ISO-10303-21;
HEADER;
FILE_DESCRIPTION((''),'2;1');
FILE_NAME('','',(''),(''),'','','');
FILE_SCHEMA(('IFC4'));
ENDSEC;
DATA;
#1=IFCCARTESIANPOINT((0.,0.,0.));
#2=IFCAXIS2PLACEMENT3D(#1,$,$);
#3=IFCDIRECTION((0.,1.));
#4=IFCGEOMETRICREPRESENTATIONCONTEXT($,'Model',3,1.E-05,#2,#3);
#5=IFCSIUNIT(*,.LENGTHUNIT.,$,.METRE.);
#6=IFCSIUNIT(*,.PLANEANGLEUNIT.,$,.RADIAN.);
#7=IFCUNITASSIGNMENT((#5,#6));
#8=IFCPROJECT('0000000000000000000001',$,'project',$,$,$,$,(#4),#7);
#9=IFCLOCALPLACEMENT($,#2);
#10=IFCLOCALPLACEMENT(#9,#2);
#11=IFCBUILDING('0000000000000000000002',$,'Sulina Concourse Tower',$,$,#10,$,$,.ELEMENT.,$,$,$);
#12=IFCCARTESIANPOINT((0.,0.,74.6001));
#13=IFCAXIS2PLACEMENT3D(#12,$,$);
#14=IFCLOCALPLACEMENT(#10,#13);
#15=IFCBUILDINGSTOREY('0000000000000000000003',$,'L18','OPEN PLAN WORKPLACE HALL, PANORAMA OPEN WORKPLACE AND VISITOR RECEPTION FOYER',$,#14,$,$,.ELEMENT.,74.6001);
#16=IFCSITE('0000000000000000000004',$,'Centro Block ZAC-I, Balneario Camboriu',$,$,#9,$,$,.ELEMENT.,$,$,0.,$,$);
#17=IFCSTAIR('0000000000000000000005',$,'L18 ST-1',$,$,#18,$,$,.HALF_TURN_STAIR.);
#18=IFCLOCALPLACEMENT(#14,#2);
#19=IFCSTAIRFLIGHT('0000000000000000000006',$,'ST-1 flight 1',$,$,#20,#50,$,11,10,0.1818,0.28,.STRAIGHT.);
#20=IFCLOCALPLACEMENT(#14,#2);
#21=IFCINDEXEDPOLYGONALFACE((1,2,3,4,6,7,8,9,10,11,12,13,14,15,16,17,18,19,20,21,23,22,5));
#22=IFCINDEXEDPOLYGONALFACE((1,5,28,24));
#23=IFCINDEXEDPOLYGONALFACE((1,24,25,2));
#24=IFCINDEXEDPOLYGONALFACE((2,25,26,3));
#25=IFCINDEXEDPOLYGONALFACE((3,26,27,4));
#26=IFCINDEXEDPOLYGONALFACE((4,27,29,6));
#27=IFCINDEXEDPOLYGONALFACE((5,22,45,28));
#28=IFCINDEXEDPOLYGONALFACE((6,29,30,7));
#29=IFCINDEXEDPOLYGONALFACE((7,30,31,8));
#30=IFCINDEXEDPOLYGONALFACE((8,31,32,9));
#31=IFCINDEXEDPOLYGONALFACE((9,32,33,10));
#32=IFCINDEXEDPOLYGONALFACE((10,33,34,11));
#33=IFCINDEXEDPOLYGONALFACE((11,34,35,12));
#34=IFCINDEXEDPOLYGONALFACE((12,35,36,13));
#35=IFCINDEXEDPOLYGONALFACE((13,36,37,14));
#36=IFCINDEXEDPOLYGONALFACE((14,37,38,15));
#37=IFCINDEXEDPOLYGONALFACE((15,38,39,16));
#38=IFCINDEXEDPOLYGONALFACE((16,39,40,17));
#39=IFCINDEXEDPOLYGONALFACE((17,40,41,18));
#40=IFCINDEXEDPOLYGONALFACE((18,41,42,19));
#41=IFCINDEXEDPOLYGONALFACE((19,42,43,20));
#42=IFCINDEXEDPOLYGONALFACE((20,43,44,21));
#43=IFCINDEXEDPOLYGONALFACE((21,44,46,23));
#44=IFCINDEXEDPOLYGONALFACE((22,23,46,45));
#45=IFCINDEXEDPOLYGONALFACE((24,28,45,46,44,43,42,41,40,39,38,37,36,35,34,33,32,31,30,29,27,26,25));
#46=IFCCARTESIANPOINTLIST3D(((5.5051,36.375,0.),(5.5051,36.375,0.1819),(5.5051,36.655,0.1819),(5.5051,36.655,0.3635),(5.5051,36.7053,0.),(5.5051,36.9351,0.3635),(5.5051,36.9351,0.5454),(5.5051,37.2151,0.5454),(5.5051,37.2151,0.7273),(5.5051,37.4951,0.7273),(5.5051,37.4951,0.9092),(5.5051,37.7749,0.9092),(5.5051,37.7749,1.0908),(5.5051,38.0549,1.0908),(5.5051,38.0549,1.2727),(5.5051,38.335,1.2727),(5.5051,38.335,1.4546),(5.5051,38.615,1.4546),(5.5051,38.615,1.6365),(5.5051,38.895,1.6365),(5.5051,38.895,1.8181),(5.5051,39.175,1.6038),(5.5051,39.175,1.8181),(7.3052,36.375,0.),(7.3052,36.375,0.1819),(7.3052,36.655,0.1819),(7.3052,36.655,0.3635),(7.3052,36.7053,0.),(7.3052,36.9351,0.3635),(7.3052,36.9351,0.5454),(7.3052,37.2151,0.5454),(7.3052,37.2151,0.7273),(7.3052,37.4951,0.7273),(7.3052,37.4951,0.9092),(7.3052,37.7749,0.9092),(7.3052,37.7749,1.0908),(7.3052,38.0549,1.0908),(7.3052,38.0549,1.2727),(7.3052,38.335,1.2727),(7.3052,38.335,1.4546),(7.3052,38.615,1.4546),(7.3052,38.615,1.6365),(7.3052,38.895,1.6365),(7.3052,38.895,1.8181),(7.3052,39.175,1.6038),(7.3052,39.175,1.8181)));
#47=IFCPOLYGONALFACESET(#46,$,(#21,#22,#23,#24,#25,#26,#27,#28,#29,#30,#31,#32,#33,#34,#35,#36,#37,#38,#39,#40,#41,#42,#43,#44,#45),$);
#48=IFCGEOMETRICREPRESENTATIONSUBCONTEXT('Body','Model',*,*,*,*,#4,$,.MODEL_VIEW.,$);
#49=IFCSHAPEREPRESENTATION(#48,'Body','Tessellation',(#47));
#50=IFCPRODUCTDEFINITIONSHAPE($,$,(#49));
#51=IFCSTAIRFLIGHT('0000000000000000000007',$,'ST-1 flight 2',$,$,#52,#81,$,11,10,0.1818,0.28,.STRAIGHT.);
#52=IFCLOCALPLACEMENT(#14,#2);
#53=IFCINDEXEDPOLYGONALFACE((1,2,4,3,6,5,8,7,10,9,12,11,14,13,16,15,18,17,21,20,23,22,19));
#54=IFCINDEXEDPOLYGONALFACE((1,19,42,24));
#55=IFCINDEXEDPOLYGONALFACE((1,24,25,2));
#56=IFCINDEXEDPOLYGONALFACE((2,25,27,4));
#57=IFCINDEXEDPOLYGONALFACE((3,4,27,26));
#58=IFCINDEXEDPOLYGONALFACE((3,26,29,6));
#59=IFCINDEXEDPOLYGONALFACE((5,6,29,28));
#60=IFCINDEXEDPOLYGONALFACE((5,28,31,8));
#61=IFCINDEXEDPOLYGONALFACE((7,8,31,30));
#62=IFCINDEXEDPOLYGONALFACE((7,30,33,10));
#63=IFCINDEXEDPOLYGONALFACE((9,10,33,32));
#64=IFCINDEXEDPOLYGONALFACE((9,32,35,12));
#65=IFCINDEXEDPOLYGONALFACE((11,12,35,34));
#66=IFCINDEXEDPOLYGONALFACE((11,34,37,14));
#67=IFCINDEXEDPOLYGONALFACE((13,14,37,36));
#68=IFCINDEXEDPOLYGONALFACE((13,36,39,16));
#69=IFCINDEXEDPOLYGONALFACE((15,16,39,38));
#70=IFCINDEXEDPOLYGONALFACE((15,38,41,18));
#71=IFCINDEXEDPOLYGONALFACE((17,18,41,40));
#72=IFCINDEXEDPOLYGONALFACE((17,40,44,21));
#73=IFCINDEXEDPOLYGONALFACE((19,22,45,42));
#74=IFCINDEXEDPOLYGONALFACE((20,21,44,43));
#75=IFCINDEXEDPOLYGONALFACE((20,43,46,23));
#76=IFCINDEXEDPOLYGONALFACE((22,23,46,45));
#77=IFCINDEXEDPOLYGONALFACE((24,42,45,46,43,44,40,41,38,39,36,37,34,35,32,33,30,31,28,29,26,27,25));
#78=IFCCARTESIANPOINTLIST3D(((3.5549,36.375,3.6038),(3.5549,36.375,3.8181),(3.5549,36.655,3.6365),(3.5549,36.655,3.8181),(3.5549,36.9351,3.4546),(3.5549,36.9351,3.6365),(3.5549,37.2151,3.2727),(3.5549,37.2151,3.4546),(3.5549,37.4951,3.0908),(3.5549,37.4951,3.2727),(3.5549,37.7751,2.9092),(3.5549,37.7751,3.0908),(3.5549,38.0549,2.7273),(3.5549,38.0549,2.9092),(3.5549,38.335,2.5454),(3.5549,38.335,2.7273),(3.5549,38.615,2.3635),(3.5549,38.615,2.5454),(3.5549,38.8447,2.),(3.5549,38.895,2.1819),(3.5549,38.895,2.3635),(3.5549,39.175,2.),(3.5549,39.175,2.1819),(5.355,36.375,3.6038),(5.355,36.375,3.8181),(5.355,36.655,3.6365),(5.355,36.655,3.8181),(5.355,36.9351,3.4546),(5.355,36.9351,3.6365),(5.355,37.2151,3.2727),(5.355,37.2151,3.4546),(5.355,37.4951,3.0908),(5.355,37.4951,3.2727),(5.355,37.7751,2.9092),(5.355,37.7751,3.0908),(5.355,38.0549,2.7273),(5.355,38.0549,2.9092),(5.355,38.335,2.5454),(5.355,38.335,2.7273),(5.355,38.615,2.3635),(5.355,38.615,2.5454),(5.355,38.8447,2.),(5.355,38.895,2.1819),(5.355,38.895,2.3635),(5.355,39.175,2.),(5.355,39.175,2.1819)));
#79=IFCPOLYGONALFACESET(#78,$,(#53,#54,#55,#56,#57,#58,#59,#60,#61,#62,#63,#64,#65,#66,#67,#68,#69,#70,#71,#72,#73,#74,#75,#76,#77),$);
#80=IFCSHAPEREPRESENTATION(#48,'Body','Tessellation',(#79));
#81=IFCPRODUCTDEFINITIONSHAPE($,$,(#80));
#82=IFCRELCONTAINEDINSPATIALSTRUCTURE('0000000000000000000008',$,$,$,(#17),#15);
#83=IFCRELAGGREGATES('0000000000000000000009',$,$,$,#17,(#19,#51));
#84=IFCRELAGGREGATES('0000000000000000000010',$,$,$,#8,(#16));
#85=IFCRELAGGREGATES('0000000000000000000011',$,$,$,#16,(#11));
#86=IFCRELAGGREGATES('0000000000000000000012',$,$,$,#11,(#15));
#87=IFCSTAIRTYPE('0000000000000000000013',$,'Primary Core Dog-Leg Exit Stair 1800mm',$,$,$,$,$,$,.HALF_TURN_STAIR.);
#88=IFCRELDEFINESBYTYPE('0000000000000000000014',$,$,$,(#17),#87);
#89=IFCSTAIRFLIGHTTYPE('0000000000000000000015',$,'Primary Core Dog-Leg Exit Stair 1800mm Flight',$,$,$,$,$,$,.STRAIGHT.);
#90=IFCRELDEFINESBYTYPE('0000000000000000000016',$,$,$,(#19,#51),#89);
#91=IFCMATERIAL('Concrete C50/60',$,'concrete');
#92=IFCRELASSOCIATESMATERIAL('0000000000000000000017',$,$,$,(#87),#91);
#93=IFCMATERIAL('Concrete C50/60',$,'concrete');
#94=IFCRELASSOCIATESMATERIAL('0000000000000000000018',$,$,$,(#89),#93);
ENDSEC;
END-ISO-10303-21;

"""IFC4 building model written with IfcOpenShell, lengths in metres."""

from ifc_helpers import new_model, si_unit, direction, frame, origin, place, context, subcontext, project, spatial, polyline, outline, extrude, material, type_object, element, aggregate, save


model = new_model("IFC4")

# Units and contexts
model_context = context("Model", 3, precision=1e-05, world=origin(), true_north=direction((0.0, 1.0)))
body_context = subcontext(model_context, "Body", "Model", "MODEL_VIEW")
ifc_project = project(units=[si_unit("LENGTHUNIT", "METRE"), si_unit("PLANEANGLEUNIT", "RADIAN")], contexts=[model_context])

# Site, building, storey
site_placement = place(None, origin())
site = spatial("IfcSite", under=ifc_project, at=site_placement, Name="Centro Block ZAC-I, Balneario Camboriu", CompositionType="ELEMENT", RefElevation=0.0)
building_placement = place(site_placement, origin())
building = spatial("IfcBuilding", under=site, at=building_placement, Name="Sulina Concourse Tower", CompositionType="ELEMENT")
storey_placement = place(building_placement, frame((0.0, 0.0, 74.6001)))
storey = spatial("IfcBuildingStorey", under=building, at=storey_placement, Name="L18", Description="OPEN PLAN WORKPLACE HALL, PANORAMA OPEN WORKPLACE AND VISITOR RECEPTION FOYER", CompositionType="ELEMENT", Elevation=74.6001)

# Stair, stair flights
ifc_material_1 = material(Name="Concrete C50/60", Category="concrete")
stair_type = type_object("IfcStairType", Name="Primary Core Dog-Leg Exit Stair 1800mm", PredefinedType="HALF_TURN_STAIR", material=ifc_material_1)
stair_placement = place(storey_placement, origin())
stair = element("IfcStair", 1, at=stair_placement, inside=storey, type_object=stair_type, Name="L18 ST-1", PredefinedType="HALF_TURN_STAIR")
ifc_material_2 = material(Name="Concrete C50/60", Category="concrete")
stair_flight_type = type_object("IfcStairFlightType", Name="Primary Core Dog-Leg Exit Stair 1800mm Flight", PredefinedType="STRAIGHT", material=ifc_material_2)
stair_flight_1_placement = place(storey_placement, frame((6.405, 36.375, 0.0), z_axis=(0.0, 0.0, 1.0), x_axis=(0.0, 1.0, 0.0)))
stair_flight_1 = element("IfcStairFlight", 2, at=stair_flight_1_placement, type_object=stair_flight_type, Name="ST-1 flight 1", NumberOfRisers=11, NumberOfTreads=10, PredefinedType="STRAIGHT", RiserHeight=0.1818, TreadLength=0.28, context=body_context, shape_type="SweptSolid", body=[
    extrude(outline(polyline([(0.0, 0.0), (0.0, 0.1819), (0.28, 0.1819), (0.28, 0.3635), (0.5601, 0.3635), (0.5601, 0.5454), (0.8401, 0.5454), (0.8401, 0.7273), (1.1201, 0.7273), (1.1201, 0.9092), (1.3999, 0.9092), (1.3999, 1.0908), (1.6799, 1.0908), (1.6799, 1.2727), (1.96, 1.2727), (1.96, 1.4546), (2.24, 1.4546), (2.24, 1.6365), (2.52, 1.6365), (2.52, 1.8181), (2.8, 1.8181), (2.8, 2.0), (2.8, 1.6038), (0.3303, 0.0), (0.0, 0.0)])), frame((0.0, 0.8999, 0.0), z_axis=(0.0, -1.0, 0.0), x_axis=(1.0, 0.0, 0.0)), (0.0, 0.0, 1.0), 1.8),
])
stair_flight_2_placement = place(storey_placement, frame((4.4551, 39.175, 2.0), z_axis=(0.0, 0.0, 1.0), x_axis=(0.0, -1.0, 0.0)))
stair_flight_2 = element("IfcStairFlight", 3, at=stair_flight_2_placement, type_object=stair_flight_type, Name="ST-1 flight 2", NumberOfRisers=11, NumberOfTreads=10, PredefinedType="STRAIGHT", RiserHeight=0.1818, TreadLength=0.28, context=body_context, shape_type="SweptSolid", body=[
    extrude(outline(polyline([(0.0, 0.0), (0.0, 0.1819), (0.28, 0.1819), (0.28, 0.3635), (0.5601, 0.3635), (0.5601, 0.5454), (0.8401, 0.5454), (0.8401, 0.7273), (1.1201, 0.7273), (1.1201, 0.9092), (1.3999, 0.9092), (1.3999, 1.0908), (1.6799, 1.0908), (1.6799, 1.2727), (1.96, 1.2727), (1.96, 1.4546), (2.24, 1.4546), (2.24, 1.6365), (2.52, 1.6365), (2.52, 1.8181), (2.8, 1.8181), (2.8, 2.0), (2.8, 1.6038), (0.3303, 0.0), (0.0, 0.0)])), frame((0.0, 0.8999, 0.0), z_axis=(0.0, -1.0, 0.0), x_axis=(1.0, 0.0, 0.0)), (0.0, 0.0, 1.0), 1.8),
])
aggregate(stair, [stair_flight_1, stair_flight_2])

save(model, "model.ifc")
